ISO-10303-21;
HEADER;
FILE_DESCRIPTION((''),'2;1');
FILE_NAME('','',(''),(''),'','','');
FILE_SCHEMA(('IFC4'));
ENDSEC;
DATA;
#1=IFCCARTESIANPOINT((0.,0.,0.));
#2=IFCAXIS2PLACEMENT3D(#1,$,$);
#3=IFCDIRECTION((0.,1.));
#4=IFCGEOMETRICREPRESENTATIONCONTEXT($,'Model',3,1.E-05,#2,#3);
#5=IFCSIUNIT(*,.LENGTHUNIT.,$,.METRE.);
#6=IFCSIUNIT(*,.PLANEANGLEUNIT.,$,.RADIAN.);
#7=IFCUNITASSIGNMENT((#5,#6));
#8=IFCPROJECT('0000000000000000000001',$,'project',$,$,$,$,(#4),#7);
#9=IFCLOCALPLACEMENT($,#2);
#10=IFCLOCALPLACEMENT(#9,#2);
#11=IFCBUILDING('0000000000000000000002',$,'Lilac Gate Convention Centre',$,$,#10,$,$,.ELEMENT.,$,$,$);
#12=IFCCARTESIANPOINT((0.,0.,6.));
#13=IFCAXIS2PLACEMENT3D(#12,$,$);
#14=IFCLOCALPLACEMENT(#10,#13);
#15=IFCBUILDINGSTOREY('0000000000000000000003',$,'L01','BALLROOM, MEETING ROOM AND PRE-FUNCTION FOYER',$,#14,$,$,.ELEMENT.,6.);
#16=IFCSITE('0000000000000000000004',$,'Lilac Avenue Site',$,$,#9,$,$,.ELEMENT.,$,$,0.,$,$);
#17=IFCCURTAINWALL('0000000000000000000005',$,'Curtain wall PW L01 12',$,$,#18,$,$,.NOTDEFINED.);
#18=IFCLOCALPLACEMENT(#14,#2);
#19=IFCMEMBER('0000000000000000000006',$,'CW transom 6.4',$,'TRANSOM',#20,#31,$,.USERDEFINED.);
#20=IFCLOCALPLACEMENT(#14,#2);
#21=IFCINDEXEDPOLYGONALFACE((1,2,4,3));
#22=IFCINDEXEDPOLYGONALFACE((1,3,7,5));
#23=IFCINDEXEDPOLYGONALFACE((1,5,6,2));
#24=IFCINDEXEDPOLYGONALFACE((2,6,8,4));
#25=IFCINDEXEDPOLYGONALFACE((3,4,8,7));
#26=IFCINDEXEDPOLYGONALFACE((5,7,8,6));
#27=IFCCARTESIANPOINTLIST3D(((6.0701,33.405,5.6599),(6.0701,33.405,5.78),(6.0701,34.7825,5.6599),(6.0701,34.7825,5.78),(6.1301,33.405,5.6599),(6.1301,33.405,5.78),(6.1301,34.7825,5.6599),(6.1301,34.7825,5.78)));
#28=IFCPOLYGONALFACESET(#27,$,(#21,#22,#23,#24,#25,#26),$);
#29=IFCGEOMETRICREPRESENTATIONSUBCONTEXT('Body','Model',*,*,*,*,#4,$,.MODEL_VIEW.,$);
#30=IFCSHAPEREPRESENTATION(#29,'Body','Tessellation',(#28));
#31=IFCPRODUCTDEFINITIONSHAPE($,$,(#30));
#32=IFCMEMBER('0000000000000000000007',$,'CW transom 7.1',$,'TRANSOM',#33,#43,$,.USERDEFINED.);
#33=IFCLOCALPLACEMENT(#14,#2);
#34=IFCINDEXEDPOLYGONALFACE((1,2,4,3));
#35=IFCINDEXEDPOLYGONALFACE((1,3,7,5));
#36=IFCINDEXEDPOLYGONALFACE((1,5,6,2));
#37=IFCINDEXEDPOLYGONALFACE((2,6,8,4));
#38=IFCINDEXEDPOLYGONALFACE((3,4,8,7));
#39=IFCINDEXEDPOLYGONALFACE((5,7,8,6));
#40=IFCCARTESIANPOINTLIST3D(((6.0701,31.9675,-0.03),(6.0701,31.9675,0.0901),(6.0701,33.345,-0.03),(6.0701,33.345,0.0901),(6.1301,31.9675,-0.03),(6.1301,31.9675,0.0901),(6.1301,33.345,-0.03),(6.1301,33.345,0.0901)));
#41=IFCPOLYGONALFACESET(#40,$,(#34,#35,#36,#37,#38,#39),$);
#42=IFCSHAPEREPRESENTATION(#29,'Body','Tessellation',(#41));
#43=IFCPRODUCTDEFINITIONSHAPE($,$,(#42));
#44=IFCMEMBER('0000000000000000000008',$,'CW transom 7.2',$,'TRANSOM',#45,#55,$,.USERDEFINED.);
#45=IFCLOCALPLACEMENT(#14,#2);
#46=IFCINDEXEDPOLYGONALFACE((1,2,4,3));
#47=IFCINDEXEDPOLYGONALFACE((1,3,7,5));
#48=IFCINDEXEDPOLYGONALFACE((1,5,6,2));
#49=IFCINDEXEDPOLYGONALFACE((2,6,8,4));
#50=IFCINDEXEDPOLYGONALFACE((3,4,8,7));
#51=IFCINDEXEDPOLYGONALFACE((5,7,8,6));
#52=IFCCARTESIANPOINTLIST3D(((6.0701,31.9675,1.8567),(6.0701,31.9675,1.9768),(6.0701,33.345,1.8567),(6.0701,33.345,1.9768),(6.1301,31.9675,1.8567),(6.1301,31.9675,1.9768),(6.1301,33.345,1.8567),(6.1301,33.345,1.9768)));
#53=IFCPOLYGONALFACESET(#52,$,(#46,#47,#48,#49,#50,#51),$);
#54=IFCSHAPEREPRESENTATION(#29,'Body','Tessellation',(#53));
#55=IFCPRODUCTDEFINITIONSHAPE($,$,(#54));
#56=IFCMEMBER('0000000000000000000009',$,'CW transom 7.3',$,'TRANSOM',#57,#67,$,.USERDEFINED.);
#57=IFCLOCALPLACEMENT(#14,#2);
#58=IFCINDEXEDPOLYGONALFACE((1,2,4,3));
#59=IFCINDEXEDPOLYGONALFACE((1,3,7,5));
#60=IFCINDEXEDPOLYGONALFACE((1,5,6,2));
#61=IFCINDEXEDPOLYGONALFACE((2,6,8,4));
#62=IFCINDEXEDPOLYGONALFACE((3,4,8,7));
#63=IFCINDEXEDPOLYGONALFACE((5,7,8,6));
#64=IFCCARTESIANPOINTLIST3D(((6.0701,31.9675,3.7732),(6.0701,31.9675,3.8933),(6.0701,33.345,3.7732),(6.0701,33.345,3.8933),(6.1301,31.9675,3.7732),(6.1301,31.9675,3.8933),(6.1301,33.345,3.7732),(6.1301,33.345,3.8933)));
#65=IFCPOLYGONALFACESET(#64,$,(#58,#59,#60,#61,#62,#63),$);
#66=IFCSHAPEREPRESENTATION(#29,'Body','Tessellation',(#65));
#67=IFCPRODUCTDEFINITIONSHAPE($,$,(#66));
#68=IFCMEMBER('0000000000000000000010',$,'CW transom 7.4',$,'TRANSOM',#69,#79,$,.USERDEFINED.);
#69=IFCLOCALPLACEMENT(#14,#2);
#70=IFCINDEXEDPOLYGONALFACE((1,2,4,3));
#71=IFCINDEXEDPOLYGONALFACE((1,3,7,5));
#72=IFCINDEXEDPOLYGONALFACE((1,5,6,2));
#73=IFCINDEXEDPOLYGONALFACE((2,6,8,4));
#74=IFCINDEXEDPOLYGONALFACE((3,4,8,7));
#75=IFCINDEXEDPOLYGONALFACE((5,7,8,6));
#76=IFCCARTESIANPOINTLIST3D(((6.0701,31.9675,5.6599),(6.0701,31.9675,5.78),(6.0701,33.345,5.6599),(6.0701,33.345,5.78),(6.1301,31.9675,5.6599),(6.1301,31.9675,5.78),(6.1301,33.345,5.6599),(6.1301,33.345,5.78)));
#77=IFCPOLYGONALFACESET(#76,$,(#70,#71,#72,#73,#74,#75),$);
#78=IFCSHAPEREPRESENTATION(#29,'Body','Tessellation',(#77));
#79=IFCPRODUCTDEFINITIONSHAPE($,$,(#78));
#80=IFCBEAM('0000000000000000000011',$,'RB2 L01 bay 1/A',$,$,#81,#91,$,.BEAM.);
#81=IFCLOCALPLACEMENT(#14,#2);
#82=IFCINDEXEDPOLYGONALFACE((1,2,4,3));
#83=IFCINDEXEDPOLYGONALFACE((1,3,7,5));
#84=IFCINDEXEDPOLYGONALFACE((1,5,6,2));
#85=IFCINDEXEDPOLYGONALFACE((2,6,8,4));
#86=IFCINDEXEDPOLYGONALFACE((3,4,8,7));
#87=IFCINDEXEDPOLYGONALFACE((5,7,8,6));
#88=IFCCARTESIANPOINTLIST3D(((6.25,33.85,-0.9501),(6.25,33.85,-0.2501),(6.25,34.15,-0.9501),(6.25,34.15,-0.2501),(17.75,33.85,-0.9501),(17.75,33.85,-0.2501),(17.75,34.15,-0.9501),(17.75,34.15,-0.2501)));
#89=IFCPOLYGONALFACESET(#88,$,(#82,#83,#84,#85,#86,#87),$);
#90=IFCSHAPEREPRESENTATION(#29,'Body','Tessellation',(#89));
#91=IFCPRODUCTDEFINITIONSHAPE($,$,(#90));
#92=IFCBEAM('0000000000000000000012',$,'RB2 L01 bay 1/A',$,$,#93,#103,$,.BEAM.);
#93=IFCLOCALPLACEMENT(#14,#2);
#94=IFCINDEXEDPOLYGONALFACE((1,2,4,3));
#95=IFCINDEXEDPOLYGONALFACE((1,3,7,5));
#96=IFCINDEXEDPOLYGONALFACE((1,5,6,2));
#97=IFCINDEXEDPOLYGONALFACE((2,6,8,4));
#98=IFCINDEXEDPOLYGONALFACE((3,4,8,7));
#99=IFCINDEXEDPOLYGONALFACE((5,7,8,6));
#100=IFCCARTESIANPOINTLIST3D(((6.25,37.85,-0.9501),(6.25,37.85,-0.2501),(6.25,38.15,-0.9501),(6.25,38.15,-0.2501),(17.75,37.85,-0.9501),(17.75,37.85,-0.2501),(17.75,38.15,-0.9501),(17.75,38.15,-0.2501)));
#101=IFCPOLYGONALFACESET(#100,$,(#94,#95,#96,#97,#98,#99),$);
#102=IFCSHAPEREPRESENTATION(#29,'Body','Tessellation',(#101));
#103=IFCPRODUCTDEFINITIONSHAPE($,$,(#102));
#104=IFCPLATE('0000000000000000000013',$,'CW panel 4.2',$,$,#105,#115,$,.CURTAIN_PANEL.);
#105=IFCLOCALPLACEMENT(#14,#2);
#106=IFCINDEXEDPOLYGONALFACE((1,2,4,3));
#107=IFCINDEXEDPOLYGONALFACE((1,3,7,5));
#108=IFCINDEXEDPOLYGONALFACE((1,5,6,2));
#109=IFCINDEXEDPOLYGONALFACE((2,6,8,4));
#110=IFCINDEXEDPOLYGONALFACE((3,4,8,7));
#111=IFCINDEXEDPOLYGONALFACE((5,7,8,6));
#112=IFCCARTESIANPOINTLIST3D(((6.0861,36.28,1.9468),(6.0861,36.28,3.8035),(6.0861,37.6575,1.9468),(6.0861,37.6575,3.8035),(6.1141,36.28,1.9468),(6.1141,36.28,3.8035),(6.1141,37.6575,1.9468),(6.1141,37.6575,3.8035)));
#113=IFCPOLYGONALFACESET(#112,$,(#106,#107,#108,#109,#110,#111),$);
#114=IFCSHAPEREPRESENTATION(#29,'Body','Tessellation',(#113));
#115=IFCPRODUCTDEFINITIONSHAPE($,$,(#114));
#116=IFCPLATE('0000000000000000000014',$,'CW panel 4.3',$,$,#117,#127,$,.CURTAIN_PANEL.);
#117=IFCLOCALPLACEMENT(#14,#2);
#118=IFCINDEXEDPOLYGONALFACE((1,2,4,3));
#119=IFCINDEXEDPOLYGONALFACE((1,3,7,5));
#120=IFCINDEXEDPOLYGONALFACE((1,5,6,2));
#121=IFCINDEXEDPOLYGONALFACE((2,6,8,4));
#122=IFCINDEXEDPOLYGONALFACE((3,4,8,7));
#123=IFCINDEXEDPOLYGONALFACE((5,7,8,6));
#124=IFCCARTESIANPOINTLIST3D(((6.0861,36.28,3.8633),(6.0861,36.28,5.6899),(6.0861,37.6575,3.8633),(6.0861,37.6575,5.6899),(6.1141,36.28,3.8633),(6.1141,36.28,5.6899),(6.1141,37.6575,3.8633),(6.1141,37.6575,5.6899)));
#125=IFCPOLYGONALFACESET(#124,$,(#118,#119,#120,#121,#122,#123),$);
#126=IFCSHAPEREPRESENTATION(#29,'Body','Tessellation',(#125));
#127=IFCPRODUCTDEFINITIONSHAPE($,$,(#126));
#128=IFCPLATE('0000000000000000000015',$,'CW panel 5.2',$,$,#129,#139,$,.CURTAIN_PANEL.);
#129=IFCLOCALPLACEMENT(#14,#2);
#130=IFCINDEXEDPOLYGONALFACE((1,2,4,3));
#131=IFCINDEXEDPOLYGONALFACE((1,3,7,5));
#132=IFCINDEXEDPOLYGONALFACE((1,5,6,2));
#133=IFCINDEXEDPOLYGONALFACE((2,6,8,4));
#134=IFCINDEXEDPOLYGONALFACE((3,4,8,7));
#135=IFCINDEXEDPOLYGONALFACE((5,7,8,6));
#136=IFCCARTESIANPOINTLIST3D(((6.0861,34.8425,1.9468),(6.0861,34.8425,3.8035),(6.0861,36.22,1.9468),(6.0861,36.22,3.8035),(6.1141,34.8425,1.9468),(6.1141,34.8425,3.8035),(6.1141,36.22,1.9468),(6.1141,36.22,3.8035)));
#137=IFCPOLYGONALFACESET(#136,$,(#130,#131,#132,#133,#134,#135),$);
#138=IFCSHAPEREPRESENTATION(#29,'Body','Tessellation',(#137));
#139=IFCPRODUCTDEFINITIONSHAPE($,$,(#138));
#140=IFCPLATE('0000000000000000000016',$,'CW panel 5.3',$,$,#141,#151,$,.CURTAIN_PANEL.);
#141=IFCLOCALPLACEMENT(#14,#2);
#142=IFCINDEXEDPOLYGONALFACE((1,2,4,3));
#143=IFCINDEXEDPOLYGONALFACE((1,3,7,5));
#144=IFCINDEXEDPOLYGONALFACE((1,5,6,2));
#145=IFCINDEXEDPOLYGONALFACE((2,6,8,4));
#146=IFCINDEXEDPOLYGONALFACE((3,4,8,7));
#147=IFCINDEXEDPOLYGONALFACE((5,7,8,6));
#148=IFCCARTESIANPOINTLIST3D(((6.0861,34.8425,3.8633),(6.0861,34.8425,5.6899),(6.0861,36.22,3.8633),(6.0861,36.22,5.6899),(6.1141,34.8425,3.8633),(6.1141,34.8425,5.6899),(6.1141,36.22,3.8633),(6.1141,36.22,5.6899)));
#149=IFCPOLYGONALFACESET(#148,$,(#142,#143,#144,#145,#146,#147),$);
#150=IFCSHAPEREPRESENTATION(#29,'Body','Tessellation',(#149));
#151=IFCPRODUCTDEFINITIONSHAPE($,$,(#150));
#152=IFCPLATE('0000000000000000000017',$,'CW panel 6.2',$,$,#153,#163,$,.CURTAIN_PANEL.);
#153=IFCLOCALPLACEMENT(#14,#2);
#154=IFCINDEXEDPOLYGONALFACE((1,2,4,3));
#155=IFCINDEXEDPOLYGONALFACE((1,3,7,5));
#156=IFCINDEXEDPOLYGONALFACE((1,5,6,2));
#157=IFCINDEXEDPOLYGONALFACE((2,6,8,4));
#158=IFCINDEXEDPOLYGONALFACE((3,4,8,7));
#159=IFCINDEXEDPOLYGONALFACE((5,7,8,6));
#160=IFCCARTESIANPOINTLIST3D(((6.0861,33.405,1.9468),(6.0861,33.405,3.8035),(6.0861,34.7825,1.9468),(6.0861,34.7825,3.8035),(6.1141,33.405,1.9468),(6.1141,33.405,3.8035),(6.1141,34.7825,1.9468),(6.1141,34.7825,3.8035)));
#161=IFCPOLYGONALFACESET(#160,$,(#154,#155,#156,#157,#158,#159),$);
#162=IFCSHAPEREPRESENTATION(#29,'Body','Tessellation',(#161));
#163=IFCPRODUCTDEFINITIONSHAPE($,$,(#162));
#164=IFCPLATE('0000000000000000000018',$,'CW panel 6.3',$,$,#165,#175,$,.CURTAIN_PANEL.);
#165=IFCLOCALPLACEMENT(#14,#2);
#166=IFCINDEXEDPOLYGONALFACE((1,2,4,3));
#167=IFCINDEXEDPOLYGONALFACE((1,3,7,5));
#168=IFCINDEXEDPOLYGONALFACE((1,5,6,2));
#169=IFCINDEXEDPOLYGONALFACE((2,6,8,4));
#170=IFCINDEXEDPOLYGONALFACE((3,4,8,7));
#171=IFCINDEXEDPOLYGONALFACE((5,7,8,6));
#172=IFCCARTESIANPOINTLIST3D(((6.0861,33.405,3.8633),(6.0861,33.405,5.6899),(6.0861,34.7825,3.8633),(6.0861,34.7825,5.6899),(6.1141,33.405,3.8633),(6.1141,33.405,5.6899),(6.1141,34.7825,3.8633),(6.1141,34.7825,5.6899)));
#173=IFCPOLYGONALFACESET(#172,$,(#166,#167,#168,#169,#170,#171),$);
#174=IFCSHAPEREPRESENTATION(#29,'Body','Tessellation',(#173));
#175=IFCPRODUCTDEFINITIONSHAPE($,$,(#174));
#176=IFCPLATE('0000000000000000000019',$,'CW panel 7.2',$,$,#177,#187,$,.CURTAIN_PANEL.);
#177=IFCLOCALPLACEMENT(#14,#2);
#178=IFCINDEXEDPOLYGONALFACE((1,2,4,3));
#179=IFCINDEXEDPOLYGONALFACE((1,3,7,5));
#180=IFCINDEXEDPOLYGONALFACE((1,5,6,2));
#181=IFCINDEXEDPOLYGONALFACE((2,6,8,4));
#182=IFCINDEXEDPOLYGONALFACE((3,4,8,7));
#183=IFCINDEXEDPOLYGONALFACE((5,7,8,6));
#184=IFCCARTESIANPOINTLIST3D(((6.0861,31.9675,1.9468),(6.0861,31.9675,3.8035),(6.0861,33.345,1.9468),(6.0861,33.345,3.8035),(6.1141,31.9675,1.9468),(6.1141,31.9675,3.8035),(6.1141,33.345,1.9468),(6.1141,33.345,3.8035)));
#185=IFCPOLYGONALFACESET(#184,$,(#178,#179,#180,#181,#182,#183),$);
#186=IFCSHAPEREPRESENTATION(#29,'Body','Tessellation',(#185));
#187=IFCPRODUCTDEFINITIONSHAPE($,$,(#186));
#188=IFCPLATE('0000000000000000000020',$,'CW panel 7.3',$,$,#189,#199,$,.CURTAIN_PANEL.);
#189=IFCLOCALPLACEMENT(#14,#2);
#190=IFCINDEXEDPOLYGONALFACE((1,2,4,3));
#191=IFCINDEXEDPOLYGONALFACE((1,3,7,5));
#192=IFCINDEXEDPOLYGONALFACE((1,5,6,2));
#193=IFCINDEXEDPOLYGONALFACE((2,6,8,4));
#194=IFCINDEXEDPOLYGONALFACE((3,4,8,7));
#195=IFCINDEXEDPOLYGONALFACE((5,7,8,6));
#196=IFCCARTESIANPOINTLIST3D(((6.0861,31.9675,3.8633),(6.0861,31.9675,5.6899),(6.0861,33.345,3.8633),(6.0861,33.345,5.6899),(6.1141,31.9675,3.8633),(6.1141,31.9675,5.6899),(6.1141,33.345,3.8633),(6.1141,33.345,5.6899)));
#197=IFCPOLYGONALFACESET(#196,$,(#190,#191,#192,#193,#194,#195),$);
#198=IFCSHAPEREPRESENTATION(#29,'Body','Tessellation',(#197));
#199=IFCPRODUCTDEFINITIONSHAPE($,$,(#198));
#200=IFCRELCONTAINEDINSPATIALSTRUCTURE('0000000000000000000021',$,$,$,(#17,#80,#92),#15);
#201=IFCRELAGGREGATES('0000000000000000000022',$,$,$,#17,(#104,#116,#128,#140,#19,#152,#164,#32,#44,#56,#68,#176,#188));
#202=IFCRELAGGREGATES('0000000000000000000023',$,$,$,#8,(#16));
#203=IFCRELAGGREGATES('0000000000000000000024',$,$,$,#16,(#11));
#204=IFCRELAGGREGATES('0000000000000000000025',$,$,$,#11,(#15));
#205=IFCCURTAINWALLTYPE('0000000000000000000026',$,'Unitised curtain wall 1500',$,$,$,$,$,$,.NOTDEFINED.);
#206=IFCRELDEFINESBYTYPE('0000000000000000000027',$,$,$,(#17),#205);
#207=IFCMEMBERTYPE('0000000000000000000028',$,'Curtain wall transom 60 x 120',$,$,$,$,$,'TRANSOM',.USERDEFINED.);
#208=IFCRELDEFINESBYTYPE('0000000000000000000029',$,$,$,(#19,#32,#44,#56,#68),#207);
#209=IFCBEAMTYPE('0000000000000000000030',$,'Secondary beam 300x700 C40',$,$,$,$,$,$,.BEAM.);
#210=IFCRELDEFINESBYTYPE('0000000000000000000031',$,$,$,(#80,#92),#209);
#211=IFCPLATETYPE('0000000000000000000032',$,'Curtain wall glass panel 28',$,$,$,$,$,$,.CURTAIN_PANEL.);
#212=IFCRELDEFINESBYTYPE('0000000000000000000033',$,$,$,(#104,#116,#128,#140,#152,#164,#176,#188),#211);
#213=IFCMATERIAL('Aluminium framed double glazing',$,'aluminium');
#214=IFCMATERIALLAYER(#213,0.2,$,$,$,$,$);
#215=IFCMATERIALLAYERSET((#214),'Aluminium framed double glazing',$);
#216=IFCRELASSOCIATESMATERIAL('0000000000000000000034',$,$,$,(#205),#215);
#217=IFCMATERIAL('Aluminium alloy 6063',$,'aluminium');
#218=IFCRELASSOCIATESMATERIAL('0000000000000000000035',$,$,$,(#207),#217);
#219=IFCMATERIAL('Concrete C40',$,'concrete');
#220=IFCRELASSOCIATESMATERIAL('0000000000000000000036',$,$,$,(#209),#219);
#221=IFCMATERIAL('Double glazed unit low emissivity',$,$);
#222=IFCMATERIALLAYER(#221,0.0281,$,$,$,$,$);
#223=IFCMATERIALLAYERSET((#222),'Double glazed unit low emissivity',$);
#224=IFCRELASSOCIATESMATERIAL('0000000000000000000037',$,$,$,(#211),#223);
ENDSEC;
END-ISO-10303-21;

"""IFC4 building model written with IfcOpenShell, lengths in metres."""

from ifc_helpers import new_model, si_unit, direction, frame, origin, origin_2d, place, context, subcontext, project, spatial, rectangle, extrude, material, layer, layer_set, material_profile, profile_set, type_object, element, aggregate, save


model = new_model("IFC4")

# Units and contexts
model_context = context("Model", 3, precision=1e-05, world=origin(), true_north=direction((0.0, 1.0)))
body_context = subcontext(model_context, "Body", "Model", "MODEL_VIEW")
ifc_project = project(units=[si_unit("LENGTHUNIT", "METRE"), si_unit("PLANEANGLEUNIT", "RADIAN")], contexts=[model_context])

# Site, building, storey
site_placement = place(None, origin())
site = spatial("IfcSite", under=ifc_project, at=site_placement, Name="Lilac Avenue Site", CompositionType="ELEMENT", RefElevation=0.0)
building_placement = place(site_placement, origin())
building = spatial("IfcBuilding", under=site, at=building_placement, Name="Lilac Gate Convention Centre", CompositionType="ELEMENT")
storey_placement = place(building_placement, frame((0.0, 0.0, 6.0)))
storey = spatial("IfcBuildingStorey", under=building, at=storey_placement, Name="L01", Description="BALLROOM, MEETING ROOM AND PRE-FUNCTION FOYER", CompositionType="ELEMENT", Elevation=6.0)

# Curtain wall, members
ifc_material_1 = material(Name="Aluminium framed double glazing", Category="aluminium")
ifc_layer_1 = layer(ifc_material_1, 0.2)
ifc_layer_set_1 = layer_set([ifc_layer_1], Name="Aluminium framed double glazing")
curtain_wall_type = type_object("IfcCurtainWallType", Name="Unitised curtain wall 1500", PredefinedType="NOTDEFINED", material=ifc_layer_set_1)
curtain_wall_placement = place(storey_placement, origin())
curtain_wall = element("IfcCurtainWall", 1, at=curtain_wall_placement, inside=storey, type_object=curtain_wall_type, Name="Curtain wall PW L01 12", PredefinedType="NOTDEFINED")
ifc_material_2 = material(Name="Aluminium alloy 6063", Category="aluminium")
ifc_material_profile_1 = material_profile(ifc_material_2, rectangle(XDim=0.0601, YDim=0.1201, at=origin_2d()), Name="Curtain wall transom 60 x 120")
ifc_profile_set_1 = profile_set([ifc_material_profile_1], Name="Aluminium alloy 6063")
member_type_1 = type_object("IfcMemberType", Name="Curtain wall transom 60 x 120", ElementType="TRANSOM", PredefinedType="USERDEFINED", material=ifc_profile_set_1)
member_1_placement = place(storey_placement, frame((6.1001, 34.7825, 5.72), z_axis=(0.0, -1.0, 0.0), x_axis=(1.0, 0.0, 0.0)))
member_1 = element("IfcMember", 2, at=member_1_placement, type_object=member_type_1, Name="CW transom 6.4", ObjectType="TRANSOM", PredefinedType="USERDEFINED", context=body_context, shape_type="SweptSolid", body=[
    extrude(rectangle(XDim=0.0601, YDim=0.1201, at=origin_2d()), origin(), (0.0, 0.0, 1.0), 1.3774),
])
member_2_placement = place(storey_placement, frame((6.1001, 33.345, 0.03), z_axis=(0.0, -1.0, 0.0), x_axis=(1.0, 0.0, 0.0)))
member_2 = element("IfcMember", 3, at=member_2_placement, type_object=member_type_1, Name="CW transom 7.1", ObjectType="TRANSOM", PredefinedType="USERDEFINED", context=body_context, shape_type="SweptSolid", body=[
    extrude(rectangle(XDim=0.0601, YDim=0.1201, at=origin_2d()), origin(), (0.0, 0.0, 1.0), 1.3774),
])
member_3_placement = place(storey_placement, frame((6.1001, 33.345, 1.9167), z_axis=(0.0, -1.0, 0.0), x_axis=(1.0, 0.0, 0.0)))
member_3 = element("IfcMember", 4, at=member_3_placement, type_object=member_type_1, Name="CW transom 7.2", ObjectType="TRANSOM", PredefinedType="USERDEFINED", context=body_context, shape_type="SweptSolid", body=[
    extrude(rectangle(XDim=0.0601, YDim=0.1201, at=origin_2d()), origin(), (0.0, 0.0, 1.0), 1.3774),
])
member_4_placement = place(storey_placement, frame((6.1001, 33.345, 3.8333), z_axis=(0.0, -1.0, 0.0), x_axis=(1.0, 0.0, 0.0)))
member_4 = element("IfcMember", 5, at=member_4_placement, type_object=member_type_1, Name="CW transom 7.3", ObjectType="TRANSOM", PredefinedType="USERDEFINED", context=body_context, shape_type="SweptSolid", body=[
    extrude(rectangle(XDim=0.0601, YDim=0.1201, at=origin_2d()), origin(), (0.0, 0.0, 1.0), 1.3774),
])
member_5_placement = place(storey_placement, frame((6.1001, 33.345, 5.72), z_axis=(0.0, -1.0, 0.0), x_axis=(1.0, 0.0, 0.0)))
member_5 = element("IfcMember", 6, at=member_5_placement, type_object=member_type_1, Name="CW transom 7.4", ObjectType="TRANSOM", PredefinedType="USERDEFINED", context=body_context, shape_type="SweptSolid", body=[
    extrude(rectangle(XDim=0.0601, YDim=0.1201, at=origin_2d()), origin(), (0.0, 0.0, 1.0), 1.3774),
])

# Beams
ifc_material_3 = material(Name="Concrete C40", Category="concrete")
ifc_material_profile_2 = material_profile(ifc_material_3, rectangle(XDim=0.3, YDim=0.7, at=origin_2d()), Name="RC 300x700")
ifc_profile_set_2 = profile_set([ifc_material_profile_2], Name="Concrete C40")
beam_type = type_object("IfcBeamType", Name="Secondary beam 300x700 C40", PredefinedType="BEAM", material=ifc_profile_set_2)
for number, where, z_axis, x_axis, name in (
    (7, (6.25, 34.0, -0.6001), (1.0, 0.0, 0.0), (0.0, 1.0, 0.0), "RB2 L01 bay 1/A"),
    (8, (6.25, 38.0, -0.6001), (1.0, 0.0, 0.0), (0.0, 1.0, 0.0), "RB2 L01 bay 1/A"),
):
    element("IfcBeam", number, at=place(storey_placement, frame(where, z_axis=z_axis, x_axis=x_axis)), inside=storey, type_object=beam_type, Name=name, PredefinedType="BEAM", context=body_context, shape_type="SweptSolid", body=[
        extrude(rectangle(XDim=0.3, YDim=0.7, at=origin_2d()), origin(), (0.0, 0.0, 1.0), 11.5),
    ])

# Plates
ifc_material_4 = material(Name="Double glazed unit low emissivity")
ifc_layer_2 = layer(ifc_material_4, 0.0281)
ifc_layer_set_2 = layer_set([ifc_layer_2], Name="Double glazed unit low emissivity")
plate_type_1 = type_object("IfcPlateType", Name="Curtain wall glass panel 28", PredefinedType="CURTAIN_PANEL", material=ifc_layer_set_2)
plate_1_placement = place(storey_placement, frame((6.1001, 36.9688, 1.9468), z_axis=(0.0, 0.0, 1.0), x_axis=(0.0, -1.0, 0.0)))
plate_1 = element("IfcPlate", 9, at=plate_1_placement, type_object=plate_type_1, Name="CW panel 4.2", PredefinedType="CURTAIN_PANEL", context=body_context, shape_type="SweptSolid", body=[
    extrude(rectangle(XDim=1.3774, YDim=0.0281, at=origin_2d()), origin(), (0.0, 0.0, 1.0), 1.8567),
])
plate_2_placement = place(storey_placement, frame((6.1001, 36.9688, 3.8633), z_axis=(0.0, 0.0, 1.0), x_axis=(0.0, -1.0, 0.0)))
plate_2 = element("IfcPlate", 10, at=plate_2_placement, type_object=plate_type_1, Name="CW panel 4.3", PredefinedType="CURTAIN_PANEL", context=body_context, shape_type="SweptSolid", body=[
    extrude(rectangle(XDim=1.3774, YDim=0.0281, at=origin_2d()), origin(), (0.0, 0.0, 1.0), 1.8267),
])
plate_3_placement = place(storey_placement, frame((6.1001, 35.5312, 1.9468), z_axis=(0.0, 0.0, 1.0), x_axis=(0.0, -1.0, 0.0)))
plate_3 = element("IfcPlate", 11, at=plate_3_placement, type_object=plate_type_1, Name="CW panel 5.2", PredefinedType="CURTAIN_PANEL", context=body_context, shape_type="SweptSolid", body=[
    extrude(rectangle(XDim=1.3774, YDim=0.0281, at=origin_2d()), origin(), (0.0, 0.0, 1.0), 1.8567),
])
plate_4_placement = place(storey_placement, frame((6.1001, 35.5312, 3.8633), z_axis=(0.0, 0.0, 1.0), x_axis=(0.0, -1.0, 0.0)))
plate_4 = element("IfcPlate", 12, at=plate_4_placement, type_object=plate_type_1, Name="CW panel 5.3", PredefinedType="CURTAIN_PANEL", context=body_context, shape_type="SweptSolid", body=[
    extrude(rectangle(XDim=1.3774, YDim=0.0281, at=origin_2d()), origin(), (0.0, 0.0, 1.0), 1.8267),
])
plate_5_placement = place(storey_placement, frame((6.1001, 34.0938, 1.9468), z_axis=(0.0, 0.0, 1.0), x_axis=(0.0, -1.0, 0.0)))
plate_5 = element("IfcPlate", 13, at=plate_5_placement, type_object=plate_type_1, Name="CW panel 6.2", PredefinedType="CURTAIN_PANEL", context=body_context, shape_type="SweptSolid", body=[
    extrude(rectangle(XDim=1.3774, YDim=0.0281, at=origin_2d()), origin(), (0.0, 0.0, 1.0), 1.8567),
])
plate_6_placement = place(storey_placement, frame((6.1001, 34.0938, 3.8633), z_axis=(0.0, 0.0, 1.0), x_axis=(0.0, -1.0, 0.0)))
plate_6 = element("IfcPlate", 14, at=plate_6_placement, type_object=plate_type_1, Name="CW panel 6.3", PredefinedType="CURTAIN_PANEL", context=body_context, shape_type="SweptSolid", body=[
    extrude(rectangle(XDim=1.3774, YDim=0.0281, at=origin_2d()), origin(), (0.0, 0.0, 1.0), 1.8267),
])
plate_7_placement = place(storey_placement, frame((6.1001, 32.6562, 1.9468), z_axis=(0.0, 0.0, 1.0), x_axis=(0.0, -1.0, 0.0)))
plate_7 = element("IfcPlate", 15, at=plate_7_placement, type_object=plate_type_1, Name="CW panel 7.2", PredefinedType="CURTAIN_PANEL", context=body_context, shape_type="SweptSolid", body=[
    extrude(rectangle(XDim=1.3774, YDim=0.0281, at=origin_2d()), origin(), (0.0, 0.0, 1.0), 1.8567),
])
plate_8_placement = place(storey_placement, frame((6.1001, 32.6562, 3.8633), z_axis=(0.0, 0.0, 1.0), x_axis=(0.0, -1.0, 0.0)))
plate_8 = element("IfcPlate", 16, at=plate_8_placement, type_object=plate_type_1, Name="CW panel 7.3", PredefinedType="CURTAIN_PANEL", context=body_context, shape_type="SweptSolid", body=[
    extrude(rectangle(XDim=1.3774, YDim=0.0281, at=origin_2d()), origin(), (0.0, 0.0, 1.0), 1.8267),
])
aggregate(curtain_wall, [plate_1, plate_2, plate_3, plate_4, member_1, plate_5, plate_6, member_2, member_3, member_4, member_5, plate_7, plate_8])

save(model, "model.ifc")
